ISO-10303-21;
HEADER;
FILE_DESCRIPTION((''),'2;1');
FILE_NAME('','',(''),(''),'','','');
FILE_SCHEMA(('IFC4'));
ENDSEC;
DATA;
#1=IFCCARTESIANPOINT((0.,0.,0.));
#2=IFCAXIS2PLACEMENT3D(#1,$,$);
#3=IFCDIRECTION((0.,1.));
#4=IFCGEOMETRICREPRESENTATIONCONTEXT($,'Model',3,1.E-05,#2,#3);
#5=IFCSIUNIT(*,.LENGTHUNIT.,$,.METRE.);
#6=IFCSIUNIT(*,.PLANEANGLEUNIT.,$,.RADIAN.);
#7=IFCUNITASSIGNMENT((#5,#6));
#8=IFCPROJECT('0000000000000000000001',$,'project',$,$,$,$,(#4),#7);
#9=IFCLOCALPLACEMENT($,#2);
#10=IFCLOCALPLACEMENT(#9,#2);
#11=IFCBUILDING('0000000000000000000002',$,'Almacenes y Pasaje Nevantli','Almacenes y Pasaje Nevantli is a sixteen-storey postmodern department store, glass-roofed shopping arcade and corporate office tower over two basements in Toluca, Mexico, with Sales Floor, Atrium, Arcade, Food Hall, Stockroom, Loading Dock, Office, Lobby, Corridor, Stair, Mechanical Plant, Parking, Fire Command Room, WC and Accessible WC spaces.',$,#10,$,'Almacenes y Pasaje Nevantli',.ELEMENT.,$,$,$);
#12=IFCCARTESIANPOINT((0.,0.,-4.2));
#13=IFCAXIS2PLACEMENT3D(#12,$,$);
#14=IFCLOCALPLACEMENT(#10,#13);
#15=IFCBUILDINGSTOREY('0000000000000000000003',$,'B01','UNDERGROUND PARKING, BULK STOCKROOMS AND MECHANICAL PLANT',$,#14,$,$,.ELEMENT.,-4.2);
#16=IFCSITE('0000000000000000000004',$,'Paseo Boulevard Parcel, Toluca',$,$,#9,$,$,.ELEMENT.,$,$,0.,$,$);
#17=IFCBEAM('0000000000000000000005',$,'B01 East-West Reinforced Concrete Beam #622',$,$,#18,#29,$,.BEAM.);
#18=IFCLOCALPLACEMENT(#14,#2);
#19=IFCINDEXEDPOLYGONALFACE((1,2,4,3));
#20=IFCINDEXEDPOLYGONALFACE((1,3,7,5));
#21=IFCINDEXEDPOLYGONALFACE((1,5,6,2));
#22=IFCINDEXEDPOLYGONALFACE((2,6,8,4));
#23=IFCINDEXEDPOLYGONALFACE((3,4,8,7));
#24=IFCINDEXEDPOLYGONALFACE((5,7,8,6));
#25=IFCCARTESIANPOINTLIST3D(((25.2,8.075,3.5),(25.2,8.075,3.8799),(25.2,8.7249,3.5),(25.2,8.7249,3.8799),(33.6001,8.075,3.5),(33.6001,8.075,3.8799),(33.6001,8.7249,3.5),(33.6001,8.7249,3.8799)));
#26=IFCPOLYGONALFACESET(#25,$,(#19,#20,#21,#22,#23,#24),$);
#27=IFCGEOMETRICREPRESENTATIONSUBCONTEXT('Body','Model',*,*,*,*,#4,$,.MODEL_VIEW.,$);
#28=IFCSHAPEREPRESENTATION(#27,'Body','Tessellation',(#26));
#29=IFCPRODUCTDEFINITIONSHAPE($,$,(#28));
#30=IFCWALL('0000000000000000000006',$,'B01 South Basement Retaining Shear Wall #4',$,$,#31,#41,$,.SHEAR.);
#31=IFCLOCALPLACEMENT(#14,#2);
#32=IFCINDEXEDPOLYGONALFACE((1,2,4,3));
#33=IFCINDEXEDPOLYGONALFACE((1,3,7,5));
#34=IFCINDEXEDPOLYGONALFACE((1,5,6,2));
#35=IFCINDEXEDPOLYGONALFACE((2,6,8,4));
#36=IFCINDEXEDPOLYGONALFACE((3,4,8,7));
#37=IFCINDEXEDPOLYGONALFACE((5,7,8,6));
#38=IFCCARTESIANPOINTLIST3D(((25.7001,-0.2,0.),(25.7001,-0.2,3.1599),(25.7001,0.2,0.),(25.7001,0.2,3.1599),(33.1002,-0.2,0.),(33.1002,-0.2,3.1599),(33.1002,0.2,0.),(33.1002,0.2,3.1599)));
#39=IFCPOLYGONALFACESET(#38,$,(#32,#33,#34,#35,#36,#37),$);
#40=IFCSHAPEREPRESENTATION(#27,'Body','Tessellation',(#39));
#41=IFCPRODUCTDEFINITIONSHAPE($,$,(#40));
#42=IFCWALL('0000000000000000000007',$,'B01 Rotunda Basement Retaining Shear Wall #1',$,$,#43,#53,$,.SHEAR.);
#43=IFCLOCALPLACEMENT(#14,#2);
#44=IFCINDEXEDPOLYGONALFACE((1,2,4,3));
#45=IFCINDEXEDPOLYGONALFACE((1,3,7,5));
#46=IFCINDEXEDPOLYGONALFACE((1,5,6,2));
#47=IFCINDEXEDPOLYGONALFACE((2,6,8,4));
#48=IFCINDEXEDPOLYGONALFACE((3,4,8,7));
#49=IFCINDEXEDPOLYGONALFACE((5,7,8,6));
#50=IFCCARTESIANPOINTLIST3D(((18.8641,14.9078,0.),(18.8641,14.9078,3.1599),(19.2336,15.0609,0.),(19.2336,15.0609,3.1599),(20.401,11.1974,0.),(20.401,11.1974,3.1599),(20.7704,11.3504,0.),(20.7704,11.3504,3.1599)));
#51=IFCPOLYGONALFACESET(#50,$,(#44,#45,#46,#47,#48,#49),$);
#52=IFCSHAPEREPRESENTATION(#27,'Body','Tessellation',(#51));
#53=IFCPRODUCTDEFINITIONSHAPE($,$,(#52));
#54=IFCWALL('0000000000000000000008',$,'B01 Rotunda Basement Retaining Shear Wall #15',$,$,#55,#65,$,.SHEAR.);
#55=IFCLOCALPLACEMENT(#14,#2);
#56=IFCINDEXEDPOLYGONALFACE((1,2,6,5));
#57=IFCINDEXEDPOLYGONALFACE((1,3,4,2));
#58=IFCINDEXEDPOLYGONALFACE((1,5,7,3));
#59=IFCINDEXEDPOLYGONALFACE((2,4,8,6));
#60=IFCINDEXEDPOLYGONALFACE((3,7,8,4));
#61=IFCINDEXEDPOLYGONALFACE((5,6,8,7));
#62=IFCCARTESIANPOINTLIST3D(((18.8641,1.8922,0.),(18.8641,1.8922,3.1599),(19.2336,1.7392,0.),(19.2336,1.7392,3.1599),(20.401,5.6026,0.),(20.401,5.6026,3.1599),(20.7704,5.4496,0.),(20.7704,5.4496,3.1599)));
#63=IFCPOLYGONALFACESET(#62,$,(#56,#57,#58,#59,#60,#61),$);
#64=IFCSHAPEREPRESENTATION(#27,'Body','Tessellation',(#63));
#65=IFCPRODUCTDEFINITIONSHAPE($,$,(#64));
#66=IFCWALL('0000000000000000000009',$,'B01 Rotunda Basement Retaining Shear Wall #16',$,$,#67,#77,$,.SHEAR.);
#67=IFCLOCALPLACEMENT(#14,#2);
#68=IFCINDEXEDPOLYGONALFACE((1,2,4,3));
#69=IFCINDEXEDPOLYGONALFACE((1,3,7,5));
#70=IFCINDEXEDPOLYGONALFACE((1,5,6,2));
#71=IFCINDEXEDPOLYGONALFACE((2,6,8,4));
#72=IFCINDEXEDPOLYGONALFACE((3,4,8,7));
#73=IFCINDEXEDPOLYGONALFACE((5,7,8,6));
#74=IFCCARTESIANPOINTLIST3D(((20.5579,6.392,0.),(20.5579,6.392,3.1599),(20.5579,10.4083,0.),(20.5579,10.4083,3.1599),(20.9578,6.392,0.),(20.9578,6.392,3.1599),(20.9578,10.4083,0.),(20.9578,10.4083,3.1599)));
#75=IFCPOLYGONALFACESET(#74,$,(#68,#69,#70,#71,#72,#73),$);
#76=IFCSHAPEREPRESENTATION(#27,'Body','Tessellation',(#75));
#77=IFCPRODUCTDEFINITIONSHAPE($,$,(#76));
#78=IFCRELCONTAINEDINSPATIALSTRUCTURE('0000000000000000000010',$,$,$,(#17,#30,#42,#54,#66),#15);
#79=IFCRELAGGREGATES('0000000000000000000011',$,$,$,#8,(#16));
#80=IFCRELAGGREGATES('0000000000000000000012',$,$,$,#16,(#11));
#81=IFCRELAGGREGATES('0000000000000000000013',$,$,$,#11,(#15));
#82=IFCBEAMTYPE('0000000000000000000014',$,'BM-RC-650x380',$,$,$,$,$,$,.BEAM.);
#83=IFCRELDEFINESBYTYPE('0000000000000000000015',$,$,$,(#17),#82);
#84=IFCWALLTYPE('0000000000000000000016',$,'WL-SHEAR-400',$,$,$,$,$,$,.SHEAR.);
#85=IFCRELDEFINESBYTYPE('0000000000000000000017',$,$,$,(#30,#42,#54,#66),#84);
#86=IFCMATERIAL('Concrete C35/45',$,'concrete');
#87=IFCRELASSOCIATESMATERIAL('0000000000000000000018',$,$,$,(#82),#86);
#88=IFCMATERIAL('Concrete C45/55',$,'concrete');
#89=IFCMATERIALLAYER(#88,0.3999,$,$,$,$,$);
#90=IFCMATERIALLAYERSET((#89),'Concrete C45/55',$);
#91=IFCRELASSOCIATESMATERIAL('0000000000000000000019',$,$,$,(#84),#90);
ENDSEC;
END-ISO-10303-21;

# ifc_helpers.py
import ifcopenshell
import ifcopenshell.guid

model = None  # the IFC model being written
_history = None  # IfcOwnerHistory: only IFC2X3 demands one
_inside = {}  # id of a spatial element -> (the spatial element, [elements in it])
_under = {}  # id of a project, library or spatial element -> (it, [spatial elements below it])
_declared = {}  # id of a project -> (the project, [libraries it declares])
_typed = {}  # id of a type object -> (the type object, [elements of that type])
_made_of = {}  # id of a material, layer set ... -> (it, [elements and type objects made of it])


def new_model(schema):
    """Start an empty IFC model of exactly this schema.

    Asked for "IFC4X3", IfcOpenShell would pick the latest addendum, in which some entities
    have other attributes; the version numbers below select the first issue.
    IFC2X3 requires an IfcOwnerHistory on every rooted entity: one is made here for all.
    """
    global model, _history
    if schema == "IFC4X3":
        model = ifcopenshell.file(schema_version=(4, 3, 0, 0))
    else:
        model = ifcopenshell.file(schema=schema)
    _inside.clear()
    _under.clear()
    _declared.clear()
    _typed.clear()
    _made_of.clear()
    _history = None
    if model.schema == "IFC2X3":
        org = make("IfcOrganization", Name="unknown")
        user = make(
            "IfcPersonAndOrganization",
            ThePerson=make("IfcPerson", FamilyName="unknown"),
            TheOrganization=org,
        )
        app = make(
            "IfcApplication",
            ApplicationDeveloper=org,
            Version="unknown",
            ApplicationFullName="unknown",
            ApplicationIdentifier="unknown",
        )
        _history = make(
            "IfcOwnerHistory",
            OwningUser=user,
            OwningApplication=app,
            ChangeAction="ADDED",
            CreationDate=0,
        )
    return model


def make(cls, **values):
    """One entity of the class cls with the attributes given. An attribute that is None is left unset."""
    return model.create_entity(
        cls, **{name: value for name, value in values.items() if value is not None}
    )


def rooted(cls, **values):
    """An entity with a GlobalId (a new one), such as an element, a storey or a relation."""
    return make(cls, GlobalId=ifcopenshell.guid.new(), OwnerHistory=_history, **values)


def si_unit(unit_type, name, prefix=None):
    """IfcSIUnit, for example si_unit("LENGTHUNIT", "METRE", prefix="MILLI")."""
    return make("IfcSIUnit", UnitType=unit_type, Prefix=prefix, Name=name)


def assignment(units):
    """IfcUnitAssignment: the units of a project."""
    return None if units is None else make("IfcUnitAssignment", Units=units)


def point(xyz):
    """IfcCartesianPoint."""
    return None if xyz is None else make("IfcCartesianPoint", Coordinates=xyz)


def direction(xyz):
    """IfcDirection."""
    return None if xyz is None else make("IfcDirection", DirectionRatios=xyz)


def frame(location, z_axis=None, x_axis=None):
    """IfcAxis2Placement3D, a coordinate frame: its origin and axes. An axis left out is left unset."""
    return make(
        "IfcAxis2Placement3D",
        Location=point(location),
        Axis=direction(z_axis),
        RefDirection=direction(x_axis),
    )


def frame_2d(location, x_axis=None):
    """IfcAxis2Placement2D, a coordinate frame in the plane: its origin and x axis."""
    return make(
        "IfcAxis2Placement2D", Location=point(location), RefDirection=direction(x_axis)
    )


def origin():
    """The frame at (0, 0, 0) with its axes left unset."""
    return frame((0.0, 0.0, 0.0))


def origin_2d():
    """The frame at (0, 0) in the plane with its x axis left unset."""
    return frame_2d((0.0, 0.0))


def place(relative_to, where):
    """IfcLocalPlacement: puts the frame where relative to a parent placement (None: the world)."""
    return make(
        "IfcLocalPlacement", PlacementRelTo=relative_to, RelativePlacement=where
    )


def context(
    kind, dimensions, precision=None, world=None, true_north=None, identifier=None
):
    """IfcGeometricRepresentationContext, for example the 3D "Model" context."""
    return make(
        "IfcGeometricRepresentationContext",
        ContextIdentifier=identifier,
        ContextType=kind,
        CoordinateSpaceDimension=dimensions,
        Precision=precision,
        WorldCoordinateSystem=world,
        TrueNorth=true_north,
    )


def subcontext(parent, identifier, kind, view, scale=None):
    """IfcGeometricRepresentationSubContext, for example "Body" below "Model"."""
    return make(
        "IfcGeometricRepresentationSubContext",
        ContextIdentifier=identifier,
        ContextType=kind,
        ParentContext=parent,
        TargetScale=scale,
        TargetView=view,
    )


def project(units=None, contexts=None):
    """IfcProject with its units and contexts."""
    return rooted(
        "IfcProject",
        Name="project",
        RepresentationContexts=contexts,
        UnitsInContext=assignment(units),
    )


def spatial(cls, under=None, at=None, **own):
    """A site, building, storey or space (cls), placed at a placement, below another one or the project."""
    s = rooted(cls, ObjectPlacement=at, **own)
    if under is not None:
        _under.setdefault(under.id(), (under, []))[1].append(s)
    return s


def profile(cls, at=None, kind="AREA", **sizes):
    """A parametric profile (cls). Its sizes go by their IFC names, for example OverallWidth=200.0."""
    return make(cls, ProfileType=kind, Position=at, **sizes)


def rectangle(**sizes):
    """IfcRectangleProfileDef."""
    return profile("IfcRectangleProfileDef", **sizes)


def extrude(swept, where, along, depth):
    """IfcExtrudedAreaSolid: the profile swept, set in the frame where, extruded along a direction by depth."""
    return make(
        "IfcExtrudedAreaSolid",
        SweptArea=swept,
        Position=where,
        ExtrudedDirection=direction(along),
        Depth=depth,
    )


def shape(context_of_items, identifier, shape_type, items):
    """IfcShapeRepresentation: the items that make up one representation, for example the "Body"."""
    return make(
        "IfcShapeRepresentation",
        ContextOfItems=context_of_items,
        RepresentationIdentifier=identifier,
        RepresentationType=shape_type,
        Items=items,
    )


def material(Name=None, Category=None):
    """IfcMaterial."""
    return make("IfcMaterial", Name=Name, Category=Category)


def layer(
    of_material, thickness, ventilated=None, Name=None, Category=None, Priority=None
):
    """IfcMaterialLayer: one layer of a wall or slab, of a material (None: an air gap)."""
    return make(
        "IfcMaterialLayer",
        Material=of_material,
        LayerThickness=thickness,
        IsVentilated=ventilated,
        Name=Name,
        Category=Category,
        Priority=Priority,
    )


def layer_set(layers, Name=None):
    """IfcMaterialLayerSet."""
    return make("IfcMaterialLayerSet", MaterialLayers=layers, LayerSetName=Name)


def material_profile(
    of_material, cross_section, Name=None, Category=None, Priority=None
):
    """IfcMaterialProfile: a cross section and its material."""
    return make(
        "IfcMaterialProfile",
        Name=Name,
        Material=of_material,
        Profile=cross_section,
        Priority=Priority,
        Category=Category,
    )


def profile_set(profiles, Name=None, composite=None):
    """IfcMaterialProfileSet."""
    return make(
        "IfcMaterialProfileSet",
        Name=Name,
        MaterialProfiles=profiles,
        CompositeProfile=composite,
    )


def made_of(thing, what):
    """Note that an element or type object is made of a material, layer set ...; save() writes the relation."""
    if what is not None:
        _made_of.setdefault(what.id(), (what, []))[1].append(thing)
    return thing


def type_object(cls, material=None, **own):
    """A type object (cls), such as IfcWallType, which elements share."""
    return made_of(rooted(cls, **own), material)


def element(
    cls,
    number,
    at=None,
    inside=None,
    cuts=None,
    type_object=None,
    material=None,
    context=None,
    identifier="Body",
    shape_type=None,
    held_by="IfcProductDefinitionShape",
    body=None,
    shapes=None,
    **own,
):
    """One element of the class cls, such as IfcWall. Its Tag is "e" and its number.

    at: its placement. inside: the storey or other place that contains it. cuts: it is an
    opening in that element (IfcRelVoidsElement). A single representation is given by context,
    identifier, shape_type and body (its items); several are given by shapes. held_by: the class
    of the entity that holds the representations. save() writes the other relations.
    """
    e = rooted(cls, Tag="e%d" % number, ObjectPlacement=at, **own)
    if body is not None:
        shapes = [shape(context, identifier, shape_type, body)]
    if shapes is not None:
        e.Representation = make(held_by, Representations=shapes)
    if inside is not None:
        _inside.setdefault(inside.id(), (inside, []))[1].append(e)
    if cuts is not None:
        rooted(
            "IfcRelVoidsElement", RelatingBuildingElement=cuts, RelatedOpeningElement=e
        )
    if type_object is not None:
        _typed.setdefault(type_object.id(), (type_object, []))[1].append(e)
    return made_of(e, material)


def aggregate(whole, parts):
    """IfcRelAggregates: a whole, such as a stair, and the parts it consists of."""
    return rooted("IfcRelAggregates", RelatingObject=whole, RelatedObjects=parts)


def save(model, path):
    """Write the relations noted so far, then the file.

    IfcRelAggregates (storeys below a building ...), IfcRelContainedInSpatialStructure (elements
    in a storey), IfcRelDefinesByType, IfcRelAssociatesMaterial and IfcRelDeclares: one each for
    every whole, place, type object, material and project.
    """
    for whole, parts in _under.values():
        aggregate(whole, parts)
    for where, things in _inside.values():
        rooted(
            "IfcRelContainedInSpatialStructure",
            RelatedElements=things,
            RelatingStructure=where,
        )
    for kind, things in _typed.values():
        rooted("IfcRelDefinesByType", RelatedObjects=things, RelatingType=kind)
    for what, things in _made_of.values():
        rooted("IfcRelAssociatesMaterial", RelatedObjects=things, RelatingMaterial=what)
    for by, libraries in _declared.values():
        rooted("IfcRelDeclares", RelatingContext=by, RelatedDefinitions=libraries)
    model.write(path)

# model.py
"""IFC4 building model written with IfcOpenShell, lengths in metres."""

from ifc_helpers import new_model, si_unit, direction, frame, frame_2d, origin, origin_2d, place, context, subcontext, project, spatial, rectangle, extrude, material, layer, layer_set, material_profile, profile_set, type_object, element, save


model = new_model("IFC4")

# Units and contexts
model_context = context("Model", 3, precision=1e-05, world=origin(), true_north=direction((0.0, 1.0)))
body_context = subcontext(model_context, "Body", "Model", "MODEL_VIEW")
ifc_project = project(units=[si_unit("LENGTHUNIT", "METRE"), si_unit("PLANEANGLEUNIT", "RADIAN")], contexts=[model_context])

# Site, building, storey
site_placement = place(None, origin())
site = spatial("IfcSite", under=ifc_project, at=site_placement, Name="Paseo Boulevard Parcel, Toluca", CompositionType="ELEMENT", RefElevation=0.0)
building_placement = place(site_placement, origin())
building = spatial("IfcBuilding", under=site, at=building_placement, Name="Almacenes y Pasaje Nevantli", Description="Almacenes y Pasaje Nevantli is a sixteen-storey postmodern department store, glass-roofed shopping arcade and corporate office tower over two basements in Toluca, Mexico, with Sales Floor, Atrium, Arcade, Food Hall, Stockroom, Loading Dock, Office, Lobby, Corridor, Stair, Mechanical Plant, Parking, Fire Command Room, WC and Accessible WC spaces.", LongName="Almacenes y Pasaje Nevantli", CompositionType="ELEMENT")
storey_placement = place(building_placement, frame((0.0, 0.0, -4.2)))
storey = spatial("IfcBuildingStorey", under=building, at=storey_placement, Name="B01", Description="UNDERGROUND PARKING, BULK STOCKROOMS AND MECHANICAL PLANT", CompositionType="ELEMENT", Elevation=-4.2)

# Beam
ifc_material_1 = material(Name="Concrete C35/45", Category="concrete")
ifc_material_profile_1 = material_profile(ifc_material_1, rectangle(XDim=0.6499, YDim=0.3799, at=origin_2d()), Name="RC-BM-650x380")
ifc_profile_set_1 = profile_set([ifc_material_profile_1], Name="Concrete C35/45")
beam_type_1 = type_object("IfcBeamType", Name="BM-RC-650x380", PredefinedType="BEAM", material=ifc_profile_set_1)
beam_1_placement = place(storey_placement, frame((25.2, 8.3999, 3.6899), z_axis=(1.0, 0.0, 0.0), x_axis=(0.0, 1.0, 0.0)))
element("IfcBeam", 1, at=beam_1_placement, inside=storey, type_object=beam_type_1, Name="B01 East-West Reinforced Concrete Beam #622", PredefinedType="BEAM", context=body_context, shape_type="SweptSolid", body=[
    extrude(rectangle(XDim=0.6499, YDim=0.3799, at=origin_2d()), origin(), (0.0, 0.0, 1.0), 8.4001),
])

# Walls
ifc_material_2 = material(Name="Concrete C45/55", Category="concrete")
ifc_layer = layer(ifc_material_2, 0.3999)
ifc_layer_set = layer_set([ifc_layer], Name="Concrete C45/55")
wall_type = type_object("IfcWallType", Name="WL-SHEAR-400", PredefinedType="SHEAR", material=ifc_layer_set)
wall_1_placement = place(storey_placement, frame((25.7, 0.0, 0.0), z_axis=(0.0, 0.0, 1.0), x_axis=(1.0, 0.0, 0.0)))
element("IfcWall", 2, at=wall_1_placement, inside=storey, type_object=wall_type, Name="B01 South Basement Retaining Shear Wall #4", PredefinedType="SHEAR", context=body_context, shape_type="SweptSolid", body=[
    extrude(rectangle(XDim=7.4001, YDim=0.3999, at=frame_2d((3.7002, 0.0))), origin(), (0.0, 0.0, 1.0), 3.1599),
])
for number, where, z_axis, x_axis, name in (
    (3, (20.5857, 11.2739, 0.0), (0.0, 0.0, 1.0), (-0.382672, 0.923884, 0.0), "B01 Rotunda Basement Retaining Shear Wall #1"),
    (4, (19.0488, 1.8157, 0.0), (0.0, 0.0, 1.0), (0.382672, 0.923884, 0.0), "B01 Rotunda Basement Retaining Shear Wall #15"),
):
    element("IfcWall", number, at=place(storey_placement, frame(where, z_axis=z_axis, x_axis=x_axis)), inside=storey, type_object=wall_type, Name=name, PredefinedType="SHEAR", context=body_context, shape_type="SweptSolid", body=[
        extrude(rectangle(XDim=4.0161, YDim=0.3999, at=frame_2d((2.0081, 0.0))), origin(), (0.0, 0.0, 1.0), 3.1599),
    ])
wall_2_placement = place(storey_placement, frame((20.7578, 6.3918, 0.0), z_axis=(0.0, 0.0, 1.0), x_axis=(0.0, 1.0, 0.0)))
element("IfcWall", 5, at=wall_2_placement, inside=storey, type_object=wall_type, Name="B01 Rotunda Basement Retaining Shear Wall #16", PredefinedType="SHEAR", context=body_context, shape_type="SweptSolid", body=[
    extrude(rectangle(XDim=4.0164, YDim=0.3999, at=frame_2d((2.0083, 0.0))), origin(), (0.0, 0.0, 1.0), 3.1599),
])

save(model, "model.ifc")
